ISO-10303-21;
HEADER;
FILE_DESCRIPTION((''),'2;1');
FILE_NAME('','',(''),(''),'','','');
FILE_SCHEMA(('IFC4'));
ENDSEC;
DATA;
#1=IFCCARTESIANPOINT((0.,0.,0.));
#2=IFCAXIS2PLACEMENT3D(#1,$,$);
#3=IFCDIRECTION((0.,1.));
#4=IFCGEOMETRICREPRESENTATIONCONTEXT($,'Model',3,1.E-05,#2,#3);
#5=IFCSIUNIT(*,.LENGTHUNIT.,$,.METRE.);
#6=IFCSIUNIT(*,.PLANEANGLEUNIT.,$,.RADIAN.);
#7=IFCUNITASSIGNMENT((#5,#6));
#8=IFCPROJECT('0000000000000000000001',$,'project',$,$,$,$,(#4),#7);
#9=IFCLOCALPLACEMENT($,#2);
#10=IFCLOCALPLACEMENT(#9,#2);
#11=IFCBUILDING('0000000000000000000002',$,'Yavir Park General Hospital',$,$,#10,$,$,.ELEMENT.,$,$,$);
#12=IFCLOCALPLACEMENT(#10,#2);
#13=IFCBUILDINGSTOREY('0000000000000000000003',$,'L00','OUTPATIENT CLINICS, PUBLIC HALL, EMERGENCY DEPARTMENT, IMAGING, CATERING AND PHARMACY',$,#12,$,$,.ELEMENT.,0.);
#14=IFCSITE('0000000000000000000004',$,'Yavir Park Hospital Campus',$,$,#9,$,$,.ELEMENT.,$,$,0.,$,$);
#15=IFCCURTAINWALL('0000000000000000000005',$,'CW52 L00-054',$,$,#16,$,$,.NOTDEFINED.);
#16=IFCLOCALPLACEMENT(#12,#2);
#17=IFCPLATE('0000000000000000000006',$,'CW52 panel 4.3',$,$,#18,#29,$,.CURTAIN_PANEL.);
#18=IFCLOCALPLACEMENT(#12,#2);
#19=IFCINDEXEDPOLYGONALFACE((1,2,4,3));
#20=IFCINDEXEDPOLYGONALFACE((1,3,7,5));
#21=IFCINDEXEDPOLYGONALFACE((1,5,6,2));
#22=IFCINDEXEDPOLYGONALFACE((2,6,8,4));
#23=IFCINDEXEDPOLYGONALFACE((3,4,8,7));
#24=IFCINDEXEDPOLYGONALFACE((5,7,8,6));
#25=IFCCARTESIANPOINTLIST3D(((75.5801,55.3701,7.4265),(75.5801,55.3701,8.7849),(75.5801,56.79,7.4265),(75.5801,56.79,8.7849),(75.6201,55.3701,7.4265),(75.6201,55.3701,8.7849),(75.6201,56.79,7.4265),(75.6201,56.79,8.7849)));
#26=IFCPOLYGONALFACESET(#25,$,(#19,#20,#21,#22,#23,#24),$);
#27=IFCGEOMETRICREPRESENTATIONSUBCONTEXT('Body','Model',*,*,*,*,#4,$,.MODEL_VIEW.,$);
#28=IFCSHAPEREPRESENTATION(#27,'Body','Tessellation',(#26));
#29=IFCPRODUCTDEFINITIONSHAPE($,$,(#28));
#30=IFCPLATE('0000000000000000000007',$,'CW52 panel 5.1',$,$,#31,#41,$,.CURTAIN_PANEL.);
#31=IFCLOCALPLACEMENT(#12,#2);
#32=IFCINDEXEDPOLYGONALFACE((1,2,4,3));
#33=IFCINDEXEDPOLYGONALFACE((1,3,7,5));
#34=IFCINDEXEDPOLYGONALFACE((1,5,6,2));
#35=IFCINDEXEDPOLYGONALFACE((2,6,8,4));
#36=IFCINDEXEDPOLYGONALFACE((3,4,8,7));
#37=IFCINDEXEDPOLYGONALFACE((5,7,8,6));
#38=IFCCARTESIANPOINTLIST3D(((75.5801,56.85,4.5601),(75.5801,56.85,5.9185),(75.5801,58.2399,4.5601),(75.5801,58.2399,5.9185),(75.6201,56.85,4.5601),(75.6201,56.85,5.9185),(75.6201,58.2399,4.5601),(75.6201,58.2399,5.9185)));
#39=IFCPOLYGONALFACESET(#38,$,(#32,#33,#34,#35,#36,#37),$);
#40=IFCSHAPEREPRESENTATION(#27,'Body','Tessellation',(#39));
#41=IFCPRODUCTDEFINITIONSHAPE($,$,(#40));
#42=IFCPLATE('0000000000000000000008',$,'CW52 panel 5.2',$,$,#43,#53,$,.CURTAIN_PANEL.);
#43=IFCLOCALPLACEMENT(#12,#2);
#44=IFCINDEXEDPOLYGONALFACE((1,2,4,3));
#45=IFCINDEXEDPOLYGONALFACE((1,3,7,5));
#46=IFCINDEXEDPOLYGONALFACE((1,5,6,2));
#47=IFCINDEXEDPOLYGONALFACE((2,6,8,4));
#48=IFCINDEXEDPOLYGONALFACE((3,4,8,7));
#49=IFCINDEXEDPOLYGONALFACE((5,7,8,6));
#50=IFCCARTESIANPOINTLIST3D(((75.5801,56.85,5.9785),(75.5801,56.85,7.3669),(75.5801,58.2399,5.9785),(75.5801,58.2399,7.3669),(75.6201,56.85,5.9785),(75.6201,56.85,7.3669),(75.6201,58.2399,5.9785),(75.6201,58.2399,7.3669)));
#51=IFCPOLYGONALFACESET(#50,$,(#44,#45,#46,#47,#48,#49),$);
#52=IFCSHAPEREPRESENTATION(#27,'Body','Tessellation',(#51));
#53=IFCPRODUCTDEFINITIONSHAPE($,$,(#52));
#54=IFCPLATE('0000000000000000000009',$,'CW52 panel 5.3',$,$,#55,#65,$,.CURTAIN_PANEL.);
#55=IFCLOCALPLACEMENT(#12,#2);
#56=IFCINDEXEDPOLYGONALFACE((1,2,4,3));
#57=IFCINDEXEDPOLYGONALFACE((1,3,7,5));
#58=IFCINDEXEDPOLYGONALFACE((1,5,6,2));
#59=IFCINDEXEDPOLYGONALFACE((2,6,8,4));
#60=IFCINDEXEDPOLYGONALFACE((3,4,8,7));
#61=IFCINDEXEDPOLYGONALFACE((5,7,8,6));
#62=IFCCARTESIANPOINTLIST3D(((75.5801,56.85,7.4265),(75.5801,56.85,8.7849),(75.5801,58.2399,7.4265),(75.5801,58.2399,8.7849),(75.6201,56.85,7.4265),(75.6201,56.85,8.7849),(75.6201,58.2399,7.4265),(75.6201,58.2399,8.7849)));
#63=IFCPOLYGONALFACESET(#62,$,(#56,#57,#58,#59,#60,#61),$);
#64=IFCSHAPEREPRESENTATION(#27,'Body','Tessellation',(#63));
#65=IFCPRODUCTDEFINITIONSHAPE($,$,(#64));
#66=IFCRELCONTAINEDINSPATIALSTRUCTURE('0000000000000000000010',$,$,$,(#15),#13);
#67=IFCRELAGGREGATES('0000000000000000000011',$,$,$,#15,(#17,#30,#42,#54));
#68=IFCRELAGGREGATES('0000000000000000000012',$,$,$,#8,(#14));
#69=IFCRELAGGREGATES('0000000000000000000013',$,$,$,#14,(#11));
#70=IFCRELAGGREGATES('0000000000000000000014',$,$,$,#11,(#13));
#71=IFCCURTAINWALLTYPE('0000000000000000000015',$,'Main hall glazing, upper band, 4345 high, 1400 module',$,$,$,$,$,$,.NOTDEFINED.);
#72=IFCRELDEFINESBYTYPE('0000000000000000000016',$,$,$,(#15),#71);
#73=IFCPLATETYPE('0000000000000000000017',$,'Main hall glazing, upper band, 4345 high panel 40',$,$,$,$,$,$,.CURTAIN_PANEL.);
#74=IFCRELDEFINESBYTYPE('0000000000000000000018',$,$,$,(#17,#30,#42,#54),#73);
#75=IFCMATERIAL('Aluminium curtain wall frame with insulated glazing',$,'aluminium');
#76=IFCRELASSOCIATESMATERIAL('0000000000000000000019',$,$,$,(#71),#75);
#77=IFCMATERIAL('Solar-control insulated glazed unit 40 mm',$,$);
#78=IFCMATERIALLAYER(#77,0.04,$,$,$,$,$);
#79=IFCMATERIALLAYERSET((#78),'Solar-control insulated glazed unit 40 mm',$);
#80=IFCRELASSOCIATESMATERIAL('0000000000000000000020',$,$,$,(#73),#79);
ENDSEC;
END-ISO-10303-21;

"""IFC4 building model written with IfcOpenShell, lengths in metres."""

from ifc_helpers import new_model, si_unit, direction, frame, origin, origin_2d, place, context, subcontext, project, spatial, rectangle, extrude, material, layer, layer_set, type_object, element, aggregate, save


model = new_model("IFC4")

# Units and contexts
model_context = context("Model", 3, precision=1e-05, world=origin(), true_north=direction((0.0, 1.0)))
body_context = subcontext(model_context, "Body", "Model", "MODEL_VIEW")
ifc_project = project(units=[si_unit("LENGTHUNIT", "METRE"), si_unit("PLANEANGLEUNIT", "RADIAN")], contexts=[model_context])

# Site, building, storey
site_placement = place(None, origin())
site = spatial("IfcSite", under=ifc_project, at=site_placement, Name="Yavir Park Hospital Campus", CompositionType="ELEMENT", RefElevation=0.0)
building_placement = place(site_placement, origin())
building = spatial("IfcBuilding", under=site, at=building_placement, Name="Yavir Park General Hospital", CompositionType="ELEMENT")
storey_placement = place(building_placement, origin())
storey = spatial("IfcBuildingStorey", under=building, at=storey_placement, Name="L00", Description="OUTPATIENT CLINICS, PUBLIC HALL, EMERGENCY DEPARTMENT, IMAGING, CATERING AND PHARMACY", CompositionType="ELEMENT", Elevation=0.0)

# Curtain wall
ifc_material_1 = material(Name="Aluminium curtain wall frame with insulated glazing", Category="aluminium")
curtain_wall_type_1 = type_object("IfcCurtainWallType", Name="Main hall glazing, upper band, 4345 high, 1400 module", PredefinedType="NOTDEFINED", material=ifc_material_1)
curtain_wall_1_placement = place(storey_placement, origin())
curtain_wall_1 = element("IfcCurtainWall", 1, at=curtain_wall_1_placement, inside=storey, type_object=curtain_wall_type_1, Name="CW52 L00-054", PredefinedType="NOTDEFINED")

# Plates
ifc_material_2 = material(Name="Solar-control insulated glazed unit 40 mm")
ifc_layer_1 = layer(ifc_material_2, 0.04)
ifc_layer_set_1 = layer_set([ifc_layer_1], Name="Solar-control insulated glazed unit 40 mm")
plate_type_1 = type_object("IfcPlateType", Name="Main hall glazing, upper band, 4345 high panel 40", PredefinedType="CURTAIN_PANEL", material=ifc_layer_set_1)
plate_1_placement = place(storey_placement, frame((75.6001, 56.0801, 7.4265), z_axis=(0.0, 0.0, 1.0), x_axis=(0.0, 1.0, 0.0)))
plate_1 = element("IfcPlate", 2, at=plate_1_placement, type_object=plate_type_1, Name="CW52 panel 4.3", PredefinedType="CURTAIN_PANEL", context=body_context, shape_type="SweptSolid", body=[
    extrude(rectangle(XDim=1.4199, YDim=0.04, at=origin_2d()), origin(), (0.0, 0.0, 1.0), 1.3584),
])
plate_2_placement = place(storey_placement, frame((75.6001, 57.5449, 4.5601), z_axis=(0.0, 0.0, 1.0), x_axis=(0.0, 1.0, 0.0)))
plate_2 = element("IfcPlate", 3, at=plate_2_placement, type_object=plate_type_1, Name="CW52 panel 5.1", PredefinedType="CURTAIN_PANEL", context=body_context, shape_type="SweptSolid", body=[
    extrude(rectangle(XDim=1.3899, YDim=0.04, at=origin_2d()), origin(), (0.0, 0.0, 1.0), 1.3584),
])
plate_3_placement = place(storey_placement, frame((75.6001, 57.5449, 5.9785), z_axis=(0.0, 0.0, 1.0), x_axis=(0.0, 1.0, 0.0)))
plate_3 = element("IfcPlate", 4, at=plate_3_placement, type_object=plate_type_1, Name="CW52 panel 5.2", PredefinedType="CURTAIN_PANEL", context=body_context, shape_type="SweptSolid", body=[
    extrude(rectangle(XDim=1.3899, YDim=0.04, at=origin_2d()), origin(), (0.0, 0.0, 1.0), 1.3884),
])
plate_4_placement = place(storey_placement, frame((75.6001, 57.5449, 7.4265), z_axis=(0.0, 0.0, 1.0), x_axis=(0.0, 1.0, 0.0)))
plate_4 = element("IfcPlate", 5, at=plate_4_placement, type_object=plate_type_1, Name="CW52 panel 5.3", PredefinedType="CURTAIN_PANEL", context=body_context, shape_type="SweptSolid", body=[
    extrude(rectangle(XDim=1.3899, YDim=0.04, at=origin_2d()), origin(), (0.0, 0.0, 1.0), 1.3584),
])
aggregate(curtain_wall_1, [plate_1, plate_2, plate_3, plate_4])

save(model, "model.ifc")
